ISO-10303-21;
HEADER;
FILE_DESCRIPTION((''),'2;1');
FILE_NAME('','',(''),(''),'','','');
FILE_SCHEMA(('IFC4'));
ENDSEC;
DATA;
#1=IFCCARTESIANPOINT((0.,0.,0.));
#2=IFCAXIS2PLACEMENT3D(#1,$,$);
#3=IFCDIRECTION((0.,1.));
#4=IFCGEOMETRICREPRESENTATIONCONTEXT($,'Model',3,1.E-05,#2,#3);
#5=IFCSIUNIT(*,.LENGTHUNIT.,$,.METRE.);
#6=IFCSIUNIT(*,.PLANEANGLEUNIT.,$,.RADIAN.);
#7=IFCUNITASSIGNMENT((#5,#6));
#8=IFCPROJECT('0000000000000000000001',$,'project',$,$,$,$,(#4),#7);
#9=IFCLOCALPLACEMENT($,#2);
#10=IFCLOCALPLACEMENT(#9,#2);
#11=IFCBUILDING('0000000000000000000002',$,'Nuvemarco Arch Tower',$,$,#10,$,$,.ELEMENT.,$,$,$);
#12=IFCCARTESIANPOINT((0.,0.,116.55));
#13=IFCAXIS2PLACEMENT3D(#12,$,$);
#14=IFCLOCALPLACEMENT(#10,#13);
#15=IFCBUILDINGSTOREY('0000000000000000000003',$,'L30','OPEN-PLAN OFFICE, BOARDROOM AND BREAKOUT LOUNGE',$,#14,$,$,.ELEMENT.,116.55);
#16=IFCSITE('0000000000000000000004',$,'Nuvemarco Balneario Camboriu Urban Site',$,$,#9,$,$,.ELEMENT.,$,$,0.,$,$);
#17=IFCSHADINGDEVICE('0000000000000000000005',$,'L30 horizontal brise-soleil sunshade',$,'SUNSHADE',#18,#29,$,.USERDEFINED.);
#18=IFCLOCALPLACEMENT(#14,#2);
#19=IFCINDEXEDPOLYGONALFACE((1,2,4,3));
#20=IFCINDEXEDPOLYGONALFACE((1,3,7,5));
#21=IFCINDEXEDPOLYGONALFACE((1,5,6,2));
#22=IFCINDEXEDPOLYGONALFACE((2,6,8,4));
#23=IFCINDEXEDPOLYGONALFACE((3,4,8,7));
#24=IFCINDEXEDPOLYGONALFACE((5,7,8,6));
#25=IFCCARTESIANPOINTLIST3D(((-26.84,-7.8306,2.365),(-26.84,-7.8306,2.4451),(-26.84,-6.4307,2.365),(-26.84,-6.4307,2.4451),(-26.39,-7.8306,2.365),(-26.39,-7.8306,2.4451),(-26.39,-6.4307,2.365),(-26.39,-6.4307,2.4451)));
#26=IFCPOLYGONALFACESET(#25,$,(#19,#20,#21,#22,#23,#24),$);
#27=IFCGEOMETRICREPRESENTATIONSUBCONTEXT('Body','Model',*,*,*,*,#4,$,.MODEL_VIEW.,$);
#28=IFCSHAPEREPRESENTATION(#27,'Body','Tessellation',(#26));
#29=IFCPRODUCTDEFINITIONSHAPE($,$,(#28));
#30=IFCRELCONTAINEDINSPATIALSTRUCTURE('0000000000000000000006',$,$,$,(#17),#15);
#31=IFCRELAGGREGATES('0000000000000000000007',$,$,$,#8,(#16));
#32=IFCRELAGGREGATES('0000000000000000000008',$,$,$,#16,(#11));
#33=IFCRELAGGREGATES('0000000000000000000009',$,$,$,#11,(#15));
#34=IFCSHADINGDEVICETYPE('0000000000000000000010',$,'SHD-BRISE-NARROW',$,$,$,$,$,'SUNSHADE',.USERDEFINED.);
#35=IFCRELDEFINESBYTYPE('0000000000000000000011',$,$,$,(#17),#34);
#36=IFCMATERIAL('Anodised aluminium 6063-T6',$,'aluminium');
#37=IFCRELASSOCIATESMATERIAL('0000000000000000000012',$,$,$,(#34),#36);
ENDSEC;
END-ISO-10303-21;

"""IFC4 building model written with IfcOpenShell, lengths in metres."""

from ifc_helpers import new_model, si_unit, direction, frame, origin, origin_2d, place, context, subcontext, project, spatial, rectangle, extrude, source, transform, mapped, material, type_object, type_shapes, element, save


model = new_model("IFC4")

# Units and contexts
model_context = context("Model", 3, precision=1e-05, world=origin(), true_north=direction((0.0, 1.0)))
body_context = subcontext(model_context, "Body", "Model", "MODEL_VIEW")
ifc_project = project(units=[si_unit("LENGTHUNIT", "METRE"), si_unit("PLANEANGLEUNIT", "RADIAN")], contexts=[model_context])

# Site, building, storey
site_placement = place(None, origin())
site = spatial("IfcSite", under=ifc_project, at=site_placement, Name="Nuvemarco Balneario Camboriu Urban Site", CompositionType="ELEMENT", RefElevation=0.0)
building_placement = place(site_placement, origin())
building = spatial("IfcBuilding", under=site, at=building_placement, Name="Nuvemarco Arch Tower", CompositionType="ELEMENT")
storey_placement = place(building_placement, frame((0.0, 0.0, 116.55)))
storey = spatial("IfcBuildingStorey", under=building, at=storey_placement, Name="L30", Description="OPEN-PLAN OFFICE, BOARDROOM AND BREAKOUT LOUNGE", CompositionType="ELEMENT", Elevation=116.55)

# Shared definitions
ifc_material_1 = material(Name="Anodised aluminium 6063-T6", Category="aluminium")

# Shading device
shading_device_type = type_object("IfcShadingDeviceType", Name="SHD-BRISE-NARROW", ElementType="SUNSHADE", PredefinedType="USERDEFINED", material=ifc_material_1)
shared_shape_1 = source(origin(), body_context, "Body", "SweptSolid", [
    extrude(rectangle(XDim=1.3999, YDim=0.45, at=origin_2d()), origin(), (0.0, 0.0, 1.0), 0.0801),
])
type_shapes(shading_device_type, [shared_shape_1])
for number, where, z_axis, x_axis, name in (
    (1, (-26.615, -7.1306, 2.365), (0.0, 0.0, 1.0), (0.0, 1.0, 0.0), "L30 horizontal brise-soleil sunshade"),
):
    element("IfcShadingDevice", number, at=place(storey_placement, frame(where, z_axis=z_axis, x_axis=x_axis)), inside=storey, type_object=shading_device_type, Name=name, ObjectType="SUNSHADE", PredefinedType="USERDEFINED", context=body_context, shape_type="MappedRepresentation", body=[
        mapped(shared_shape_1, transform((0.0, 0.0, 0.0), scale=1.0)),
    ])

save(model, "model.ifc")
